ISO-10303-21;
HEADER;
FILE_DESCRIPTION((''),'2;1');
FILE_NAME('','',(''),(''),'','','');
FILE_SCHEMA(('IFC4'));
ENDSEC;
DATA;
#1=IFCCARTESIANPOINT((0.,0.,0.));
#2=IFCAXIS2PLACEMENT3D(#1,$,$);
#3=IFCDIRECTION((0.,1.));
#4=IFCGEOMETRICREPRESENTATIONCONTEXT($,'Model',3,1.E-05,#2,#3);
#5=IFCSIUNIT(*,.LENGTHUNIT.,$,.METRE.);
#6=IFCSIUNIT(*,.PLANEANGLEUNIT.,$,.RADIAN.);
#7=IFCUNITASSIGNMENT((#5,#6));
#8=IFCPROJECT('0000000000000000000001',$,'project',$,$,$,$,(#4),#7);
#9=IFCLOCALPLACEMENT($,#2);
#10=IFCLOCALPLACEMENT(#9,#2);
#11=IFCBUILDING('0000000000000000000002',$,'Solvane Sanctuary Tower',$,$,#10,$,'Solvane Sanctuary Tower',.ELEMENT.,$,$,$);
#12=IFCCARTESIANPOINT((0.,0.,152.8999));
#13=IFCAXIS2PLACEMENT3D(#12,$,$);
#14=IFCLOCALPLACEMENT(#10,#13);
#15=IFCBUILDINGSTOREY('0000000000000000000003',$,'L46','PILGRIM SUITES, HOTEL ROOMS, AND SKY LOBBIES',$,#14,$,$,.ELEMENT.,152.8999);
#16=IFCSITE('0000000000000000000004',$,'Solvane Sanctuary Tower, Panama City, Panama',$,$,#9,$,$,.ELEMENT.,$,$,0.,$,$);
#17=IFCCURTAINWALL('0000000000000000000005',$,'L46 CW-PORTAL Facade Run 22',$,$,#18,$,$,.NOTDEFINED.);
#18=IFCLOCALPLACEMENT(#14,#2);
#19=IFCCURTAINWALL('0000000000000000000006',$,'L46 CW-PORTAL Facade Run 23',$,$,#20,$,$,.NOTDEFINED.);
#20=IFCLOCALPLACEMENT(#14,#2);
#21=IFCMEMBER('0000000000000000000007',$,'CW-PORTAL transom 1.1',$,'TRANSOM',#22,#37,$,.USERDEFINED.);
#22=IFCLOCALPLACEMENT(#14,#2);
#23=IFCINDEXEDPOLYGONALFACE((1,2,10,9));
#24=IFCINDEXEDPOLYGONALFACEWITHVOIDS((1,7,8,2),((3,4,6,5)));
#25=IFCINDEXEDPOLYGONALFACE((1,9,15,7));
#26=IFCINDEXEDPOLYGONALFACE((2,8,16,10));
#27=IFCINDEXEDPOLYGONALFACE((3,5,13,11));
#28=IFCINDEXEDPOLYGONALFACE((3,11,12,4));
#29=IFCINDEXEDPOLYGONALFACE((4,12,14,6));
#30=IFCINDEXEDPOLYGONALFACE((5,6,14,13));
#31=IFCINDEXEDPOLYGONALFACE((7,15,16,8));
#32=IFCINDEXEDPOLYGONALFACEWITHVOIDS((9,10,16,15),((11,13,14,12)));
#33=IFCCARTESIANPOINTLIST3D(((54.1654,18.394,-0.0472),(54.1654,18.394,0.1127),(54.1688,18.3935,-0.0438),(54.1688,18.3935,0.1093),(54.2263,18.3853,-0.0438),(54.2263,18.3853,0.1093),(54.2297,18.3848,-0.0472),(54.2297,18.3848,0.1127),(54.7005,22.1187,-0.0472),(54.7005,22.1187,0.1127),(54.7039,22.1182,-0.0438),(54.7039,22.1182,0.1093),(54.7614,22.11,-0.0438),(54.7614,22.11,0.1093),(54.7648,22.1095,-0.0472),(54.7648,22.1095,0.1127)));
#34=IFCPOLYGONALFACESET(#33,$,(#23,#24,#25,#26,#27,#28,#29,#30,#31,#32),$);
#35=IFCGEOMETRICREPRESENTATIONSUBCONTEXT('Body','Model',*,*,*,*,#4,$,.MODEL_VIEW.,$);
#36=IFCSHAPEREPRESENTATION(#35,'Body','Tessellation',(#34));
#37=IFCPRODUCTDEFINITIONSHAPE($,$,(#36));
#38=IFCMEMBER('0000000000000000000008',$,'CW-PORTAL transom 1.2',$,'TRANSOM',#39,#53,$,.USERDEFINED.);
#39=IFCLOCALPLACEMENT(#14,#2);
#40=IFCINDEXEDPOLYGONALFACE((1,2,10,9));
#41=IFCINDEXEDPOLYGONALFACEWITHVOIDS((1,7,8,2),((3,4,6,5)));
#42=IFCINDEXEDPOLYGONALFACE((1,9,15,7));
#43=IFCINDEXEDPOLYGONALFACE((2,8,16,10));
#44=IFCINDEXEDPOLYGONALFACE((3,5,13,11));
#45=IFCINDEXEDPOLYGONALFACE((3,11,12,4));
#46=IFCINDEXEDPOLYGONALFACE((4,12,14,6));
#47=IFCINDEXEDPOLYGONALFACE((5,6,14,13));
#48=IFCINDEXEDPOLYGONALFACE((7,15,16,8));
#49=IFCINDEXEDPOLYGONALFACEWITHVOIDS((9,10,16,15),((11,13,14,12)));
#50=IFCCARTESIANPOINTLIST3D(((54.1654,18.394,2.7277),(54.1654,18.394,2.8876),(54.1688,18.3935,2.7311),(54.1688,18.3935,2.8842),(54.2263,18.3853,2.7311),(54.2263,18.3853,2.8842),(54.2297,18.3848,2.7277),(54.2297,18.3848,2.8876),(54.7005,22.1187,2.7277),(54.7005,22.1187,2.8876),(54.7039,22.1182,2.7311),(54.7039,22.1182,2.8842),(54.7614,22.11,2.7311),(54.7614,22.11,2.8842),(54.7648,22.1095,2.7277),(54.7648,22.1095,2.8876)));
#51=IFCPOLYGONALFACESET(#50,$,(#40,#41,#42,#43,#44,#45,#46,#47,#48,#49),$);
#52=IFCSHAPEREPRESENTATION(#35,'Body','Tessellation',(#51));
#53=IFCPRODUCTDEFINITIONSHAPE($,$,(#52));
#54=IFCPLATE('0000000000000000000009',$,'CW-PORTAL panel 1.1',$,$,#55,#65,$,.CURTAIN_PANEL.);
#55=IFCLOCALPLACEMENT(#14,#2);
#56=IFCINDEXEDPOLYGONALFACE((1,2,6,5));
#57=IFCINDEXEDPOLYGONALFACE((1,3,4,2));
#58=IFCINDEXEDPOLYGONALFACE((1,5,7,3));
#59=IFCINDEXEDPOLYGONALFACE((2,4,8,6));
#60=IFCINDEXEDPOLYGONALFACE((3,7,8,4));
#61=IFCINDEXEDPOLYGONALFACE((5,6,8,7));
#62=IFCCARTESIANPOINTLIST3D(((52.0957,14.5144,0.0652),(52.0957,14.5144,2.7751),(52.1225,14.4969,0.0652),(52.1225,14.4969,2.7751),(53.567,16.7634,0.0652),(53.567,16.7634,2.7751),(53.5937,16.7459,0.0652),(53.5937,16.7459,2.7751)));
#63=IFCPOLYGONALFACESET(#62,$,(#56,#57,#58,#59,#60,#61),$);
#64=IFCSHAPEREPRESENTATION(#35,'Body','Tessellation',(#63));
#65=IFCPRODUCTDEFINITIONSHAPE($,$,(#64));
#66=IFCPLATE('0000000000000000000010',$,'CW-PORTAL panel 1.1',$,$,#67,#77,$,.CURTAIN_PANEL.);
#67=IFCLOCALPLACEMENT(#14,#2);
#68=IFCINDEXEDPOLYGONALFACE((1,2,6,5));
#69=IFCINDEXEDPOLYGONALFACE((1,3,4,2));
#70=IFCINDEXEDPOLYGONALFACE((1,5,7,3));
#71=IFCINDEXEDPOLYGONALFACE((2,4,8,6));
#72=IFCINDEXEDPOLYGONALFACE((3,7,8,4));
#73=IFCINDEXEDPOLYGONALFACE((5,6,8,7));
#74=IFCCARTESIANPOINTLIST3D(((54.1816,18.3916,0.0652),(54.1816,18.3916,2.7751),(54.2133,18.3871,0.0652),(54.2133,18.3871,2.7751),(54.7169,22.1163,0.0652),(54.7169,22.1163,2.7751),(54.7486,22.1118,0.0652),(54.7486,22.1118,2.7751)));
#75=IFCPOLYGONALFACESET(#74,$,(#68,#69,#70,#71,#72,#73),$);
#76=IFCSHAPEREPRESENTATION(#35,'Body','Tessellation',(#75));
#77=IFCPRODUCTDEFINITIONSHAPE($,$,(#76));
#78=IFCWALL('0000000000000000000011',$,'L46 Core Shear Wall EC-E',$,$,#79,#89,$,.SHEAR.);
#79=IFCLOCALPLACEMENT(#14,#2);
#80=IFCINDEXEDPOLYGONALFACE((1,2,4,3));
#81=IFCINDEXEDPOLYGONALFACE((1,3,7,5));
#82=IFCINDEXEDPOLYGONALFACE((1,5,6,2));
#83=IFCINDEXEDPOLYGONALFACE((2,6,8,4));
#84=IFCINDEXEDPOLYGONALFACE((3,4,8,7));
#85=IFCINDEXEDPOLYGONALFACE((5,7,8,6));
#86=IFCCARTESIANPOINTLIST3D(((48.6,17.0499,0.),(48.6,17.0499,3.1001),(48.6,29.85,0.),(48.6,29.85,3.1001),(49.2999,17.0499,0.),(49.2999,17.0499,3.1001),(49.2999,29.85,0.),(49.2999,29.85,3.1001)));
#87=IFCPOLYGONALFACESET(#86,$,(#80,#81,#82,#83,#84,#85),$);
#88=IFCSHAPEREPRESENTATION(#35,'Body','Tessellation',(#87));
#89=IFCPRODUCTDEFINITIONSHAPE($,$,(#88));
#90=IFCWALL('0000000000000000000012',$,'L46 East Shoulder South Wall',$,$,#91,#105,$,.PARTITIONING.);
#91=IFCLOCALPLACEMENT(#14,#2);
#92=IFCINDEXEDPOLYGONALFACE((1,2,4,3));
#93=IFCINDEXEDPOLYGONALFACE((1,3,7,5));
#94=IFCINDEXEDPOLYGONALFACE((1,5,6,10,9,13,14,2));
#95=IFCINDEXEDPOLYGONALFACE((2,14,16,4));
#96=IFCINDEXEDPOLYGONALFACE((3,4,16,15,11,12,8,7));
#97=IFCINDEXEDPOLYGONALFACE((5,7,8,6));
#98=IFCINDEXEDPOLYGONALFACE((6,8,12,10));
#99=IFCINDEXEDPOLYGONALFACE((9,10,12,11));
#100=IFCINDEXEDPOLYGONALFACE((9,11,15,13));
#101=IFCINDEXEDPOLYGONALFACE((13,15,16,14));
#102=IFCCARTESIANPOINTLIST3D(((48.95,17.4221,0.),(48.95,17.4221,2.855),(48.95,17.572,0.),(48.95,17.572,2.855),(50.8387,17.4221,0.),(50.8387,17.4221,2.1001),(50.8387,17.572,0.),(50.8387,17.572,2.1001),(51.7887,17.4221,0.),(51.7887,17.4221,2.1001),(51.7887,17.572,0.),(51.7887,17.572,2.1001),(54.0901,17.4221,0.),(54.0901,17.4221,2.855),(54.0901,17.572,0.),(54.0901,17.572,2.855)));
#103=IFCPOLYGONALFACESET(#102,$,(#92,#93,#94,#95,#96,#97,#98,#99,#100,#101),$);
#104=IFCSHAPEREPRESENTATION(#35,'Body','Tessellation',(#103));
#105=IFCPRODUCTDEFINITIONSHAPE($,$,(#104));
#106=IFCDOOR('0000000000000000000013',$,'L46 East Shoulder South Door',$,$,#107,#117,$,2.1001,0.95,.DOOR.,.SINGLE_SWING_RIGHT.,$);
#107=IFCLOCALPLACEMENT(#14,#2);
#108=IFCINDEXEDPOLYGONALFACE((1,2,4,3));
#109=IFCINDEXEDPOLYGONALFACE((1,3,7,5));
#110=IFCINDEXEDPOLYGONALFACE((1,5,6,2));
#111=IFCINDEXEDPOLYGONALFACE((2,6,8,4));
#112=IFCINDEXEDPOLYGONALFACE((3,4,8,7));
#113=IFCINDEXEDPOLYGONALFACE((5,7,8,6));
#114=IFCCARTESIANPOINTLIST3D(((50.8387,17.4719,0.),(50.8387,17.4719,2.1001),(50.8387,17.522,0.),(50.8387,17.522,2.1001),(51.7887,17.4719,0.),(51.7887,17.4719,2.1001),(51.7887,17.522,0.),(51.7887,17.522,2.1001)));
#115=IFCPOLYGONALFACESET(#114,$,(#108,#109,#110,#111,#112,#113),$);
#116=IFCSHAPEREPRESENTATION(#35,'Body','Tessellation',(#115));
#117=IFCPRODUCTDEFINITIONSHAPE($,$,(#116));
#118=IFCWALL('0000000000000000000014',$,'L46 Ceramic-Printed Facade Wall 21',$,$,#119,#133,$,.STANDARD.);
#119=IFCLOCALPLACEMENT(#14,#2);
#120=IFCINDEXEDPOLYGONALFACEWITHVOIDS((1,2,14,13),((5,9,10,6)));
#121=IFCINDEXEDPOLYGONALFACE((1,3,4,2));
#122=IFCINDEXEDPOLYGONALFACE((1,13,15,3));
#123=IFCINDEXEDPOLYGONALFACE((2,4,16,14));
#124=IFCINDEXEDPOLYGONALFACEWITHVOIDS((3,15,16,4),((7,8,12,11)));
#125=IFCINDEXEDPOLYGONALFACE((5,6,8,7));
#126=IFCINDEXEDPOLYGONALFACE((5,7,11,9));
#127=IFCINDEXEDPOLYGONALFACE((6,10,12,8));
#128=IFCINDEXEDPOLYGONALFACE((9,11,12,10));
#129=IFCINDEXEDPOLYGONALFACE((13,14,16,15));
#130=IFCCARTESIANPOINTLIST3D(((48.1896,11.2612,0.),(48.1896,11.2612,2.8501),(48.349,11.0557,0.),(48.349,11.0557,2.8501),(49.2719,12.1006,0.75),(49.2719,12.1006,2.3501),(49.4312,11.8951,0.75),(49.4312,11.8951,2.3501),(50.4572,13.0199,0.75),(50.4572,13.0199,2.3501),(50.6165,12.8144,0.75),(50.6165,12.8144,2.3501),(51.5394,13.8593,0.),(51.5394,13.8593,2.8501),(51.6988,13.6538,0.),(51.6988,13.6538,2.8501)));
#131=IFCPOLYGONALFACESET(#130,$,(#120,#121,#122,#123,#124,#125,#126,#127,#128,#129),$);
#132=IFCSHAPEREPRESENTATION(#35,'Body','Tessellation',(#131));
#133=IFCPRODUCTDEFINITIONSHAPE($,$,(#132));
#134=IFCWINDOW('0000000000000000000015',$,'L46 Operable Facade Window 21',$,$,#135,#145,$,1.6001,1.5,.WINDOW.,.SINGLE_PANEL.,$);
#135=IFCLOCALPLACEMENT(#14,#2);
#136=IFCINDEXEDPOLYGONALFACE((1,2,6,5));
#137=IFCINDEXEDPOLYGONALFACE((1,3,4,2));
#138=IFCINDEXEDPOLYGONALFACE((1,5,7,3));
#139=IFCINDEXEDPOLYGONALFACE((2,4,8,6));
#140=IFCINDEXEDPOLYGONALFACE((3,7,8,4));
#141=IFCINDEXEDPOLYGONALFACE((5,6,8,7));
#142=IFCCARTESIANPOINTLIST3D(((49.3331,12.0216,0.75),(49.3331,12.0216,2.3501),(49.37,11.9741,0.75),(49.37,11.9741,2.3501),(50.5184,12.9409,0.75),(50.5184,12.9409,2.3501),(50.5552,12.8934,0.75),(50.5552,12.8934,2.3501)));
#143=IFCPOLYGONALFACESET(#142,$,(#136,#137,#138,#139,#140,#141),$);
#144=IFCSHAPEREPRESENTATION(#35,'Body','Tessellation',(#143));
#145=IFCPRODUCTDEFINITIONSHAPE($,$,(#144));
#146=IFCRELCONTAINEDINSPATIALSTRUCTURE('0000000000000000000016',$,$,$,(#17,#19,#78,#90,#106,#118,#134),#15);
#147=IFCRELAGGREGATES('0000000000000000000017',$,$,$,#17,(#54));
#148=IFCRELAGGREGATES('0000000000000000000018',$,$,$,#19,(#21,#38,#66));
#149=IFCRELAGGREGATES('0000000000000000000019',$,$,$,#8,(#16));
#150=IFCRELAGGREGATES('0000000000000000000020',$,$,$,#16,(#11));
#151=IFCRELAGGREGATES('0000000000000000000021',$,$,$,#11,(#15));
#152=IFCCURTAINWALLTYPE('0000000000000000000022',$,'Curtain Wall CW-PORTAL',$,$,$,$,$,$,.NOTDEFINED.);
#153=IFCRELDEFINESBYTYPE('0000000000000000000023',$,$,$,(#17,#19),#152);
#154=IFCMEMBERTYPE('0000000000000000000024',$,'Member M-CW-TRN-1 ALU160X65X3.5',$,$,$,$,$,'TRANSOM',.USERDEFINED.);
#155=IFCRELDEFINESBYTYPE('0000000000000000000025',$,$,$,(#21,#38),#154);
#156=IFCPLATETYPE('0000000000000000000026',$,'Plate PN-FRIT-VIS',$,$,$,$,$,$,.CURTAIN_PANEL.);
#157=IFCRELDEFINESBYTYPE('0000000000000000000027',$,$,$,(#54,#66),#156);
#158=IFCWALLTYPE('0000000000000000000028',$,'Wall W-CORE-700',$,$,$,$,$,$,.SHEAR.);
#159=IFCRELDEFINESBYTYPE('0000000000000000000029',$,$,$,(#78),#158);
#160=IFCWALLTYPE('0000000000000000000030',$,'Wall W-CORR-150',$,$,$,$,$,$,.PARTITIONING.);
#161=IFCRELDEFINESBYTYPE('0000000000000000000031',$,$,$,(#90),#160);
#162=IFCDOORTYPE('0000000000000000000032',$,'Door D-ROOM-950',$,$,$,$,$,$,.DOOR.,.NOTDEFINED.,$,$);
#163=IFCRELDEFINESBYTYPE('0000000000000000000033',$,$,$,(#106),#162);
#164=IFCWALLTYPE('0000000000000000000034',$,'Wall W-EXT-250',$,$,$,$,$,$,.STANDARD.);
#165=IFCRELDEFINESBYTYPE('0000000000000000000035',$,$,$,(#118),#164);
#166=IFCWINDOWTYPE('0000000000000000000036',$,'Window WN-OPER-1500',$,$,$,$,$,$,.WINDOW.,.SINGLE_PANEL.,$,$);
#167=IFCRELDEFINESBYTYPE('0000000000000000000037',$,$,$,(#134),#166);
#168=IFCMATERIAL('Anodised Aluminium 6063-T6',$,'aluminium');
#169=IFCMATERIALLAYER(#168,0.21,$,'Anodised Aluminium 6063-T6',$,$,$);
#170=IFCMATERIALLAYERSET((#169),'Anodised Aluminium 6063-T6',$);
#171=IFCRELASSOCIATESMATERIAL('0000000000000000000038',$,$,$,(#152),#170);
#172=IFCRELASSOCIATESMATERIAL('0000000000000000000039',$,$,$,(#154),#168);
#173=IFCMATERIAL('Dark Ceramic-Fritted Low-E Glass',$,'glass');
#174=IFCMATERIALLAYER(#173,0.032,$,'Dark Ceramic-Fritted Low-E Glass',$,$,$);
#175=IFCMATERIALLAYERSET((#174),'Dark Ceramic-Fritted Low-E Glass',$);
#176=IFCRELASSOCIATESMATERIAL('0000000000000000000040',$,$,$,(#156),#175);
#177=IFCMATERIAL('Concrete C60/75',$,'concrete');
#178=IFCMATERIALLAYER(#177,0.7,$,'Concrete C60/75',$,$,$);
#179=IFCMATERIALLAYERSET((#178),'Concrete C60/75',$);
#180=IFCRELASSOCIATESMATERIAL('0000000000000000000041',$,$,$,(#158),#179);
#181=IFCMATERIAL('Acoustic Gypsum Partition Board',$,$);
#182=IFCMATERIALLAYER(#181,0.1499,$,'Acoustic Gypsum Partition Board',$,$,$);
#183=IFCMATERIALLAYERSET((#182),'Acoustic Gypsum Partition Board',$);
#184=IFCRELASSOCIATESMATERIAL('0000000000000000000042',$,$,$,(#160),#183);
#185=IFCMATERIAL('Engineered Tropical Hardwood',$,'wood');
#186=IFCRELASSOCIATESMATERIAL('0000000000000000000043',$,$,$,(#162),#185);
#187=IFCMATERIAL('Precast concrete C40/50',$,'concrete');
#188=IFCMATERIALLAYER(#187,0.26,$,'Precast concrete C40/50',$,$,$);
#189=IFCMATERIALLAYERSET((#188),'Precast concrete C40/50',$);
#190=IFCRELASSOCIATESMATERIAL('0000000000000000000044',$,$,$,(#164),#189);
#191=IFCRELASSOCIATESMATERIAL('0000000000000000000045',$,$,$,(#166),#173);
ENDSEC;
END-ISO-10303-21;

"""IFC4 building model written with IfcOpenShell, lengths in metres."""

from ifc_helpers import new_model, si_unit, direction, frame, frame_2d, origin, origin_2d, place, context, subcontext, project, spatial, rectangle, hollow_rectangle, extrude, material, layer, layer_set, material_profile, profile_set, type_object, element, fill, aggregate, save


model = new_model("IFC4")

# Units and contexts
model_context = context("Model", 3, precision=1e-05, world=origin(), true_north=direction((0.0, 1.0)))
body_context = subcontext(model_context, "Body", "Model", "MODEL_VIEW")
ifc_project = project(units=[si_unit("LENGTHUNIT", "METRE"), si_unit("PLANEANGLEUNIT", "RADIAN")], contexts=[model_context])

# Site, building, storey
site_placement = place(None, origin())
site = spatial("IfcSite", under=ifc_project, at=site_placement, Name="Solvane Sanctuary Tower, Panama City, Panama", CompositionType="ELEMENT", RefElevation=0.0)
building_placement = place(site_placement, origin())
building = spatial("IfcBuilding", under=site, at=building_placement, Name="Solvane Sanctuary Tower", LongName="Solvane Sanctuary Tower", CompositionType="ELEMENT")
storey_placement = place(building_placement, frame((0.0, 0.0, 152.8999)))
storey = spatial("IfcBuildingStorey", under=building, at=storey_placement, Name="L46", Description="PILGRIM SUITES, HOTEL ROOMS, AND SKY LOBBIES", CompositionType="ELEMENT", Elevation=152.8999)

# Shared definitions
ifc_material_1 = material(Name="Concrete C60/75", Category="concrete")

# Curtain walls
ifc_material_2 = material(Name="Anodised Aluminium 6063-T6", Category="aluminium")
ifc_layer_1 = layer(ifc_material_2, 0.21, Name="Anodised Aluminium 6063-T6")
ifc_layer_set_1 = layer_set([ifc_layer_1], Name="Anodised Aluminium 6063-T6")
curtain_wall_type = type_object("IfcCurtainWallType", Name="Curtain Wall CW-PORTAL", PredefinedType="NOTDEFINED", material=ifc_layer_set_1)
curtain_wall_1_placement = place(storey_placement, origin())
curtain_wall_1 = element("IfcCurtainWall", 1, at=curtain_wall_1_placement, inside=storey, type_object=curtain_wall_type, Name="L46 CW-PORTAL Facade Run 22", PredefinedType="NOTDEFINED")
curtain_wall_2_placement = place(storey_placement, origin())
curtain_wall_2 = element("IfcCurtainWall", 2, at=curtain_wall_2_placement, inside=storey, type_object=curtain_wall_type, Name="L46 CW-PORTAL Facade Run 23", PredefinedType="NOTDEFINED")

# Members
ifc_material_profile_1 = material_profile(ifc_material_2, hollow_rectangle(XDim=0.0649, YDim=0.1599, WallThickness=0.0034, at=origin_2d()), Name="ALU160X65X3.5")
ifc_profile_set_1 = profile_set([ifc_material_profile_1], Name="Anodised Aluminium 6063-T6")
member_type_1 = type_object("IfcMemberType", Name="Member M-CW-TRN-1 ALU160X65X3.5", ElementType="TRANSOM", PredefinedType="USERDEFINED", material=ifc_profile_set_1)
member_1_placement = place(storey_placement, frame((54.1975, 18.3894, 0.0327), z_axis=(0.142221, 0.989835, 0.0), x_axis=(-0.989835, 0.142221, 0.0)))
member_1 = element("IfcMember", 3, at=member_1_placement, type_object=member_type_1, Name="CW-PORTAL transom 1.1", ObjectType="TRANSOM", PredefinedType="USERDEFINED", context=body_context, shape_type="SweptSolid", body=[
    extrude(hollow_rectangle(XDim=0.0649, YDim=0.1599, WallThickness=0.0034, at=origin_2d()), origin(), (0.0, 0.0, 1.0), 3.7629),
])
member_2_placement = place(storey_placement, frame((54.1975, 18.3894, 2.8076), z_axis=(0.142221, 0.989835, 0.0), x_axis=(-0.989835, 0.142221, 0.0)))
member_2 = element("IfcMember", 4, at=member_2_placement, type_object=member_type_1, Name="CW-PORTAL transom 1.2", ObjectType="TRANSOM", PredefinedType="USERDEFINED", context=body_context, shape_type="SweptSolid", body=[
    extrude(hollow_rectangle(XDim=0.0649, YDim=0.1599, WallThickness=0.0034, at=origin_2d()), origin(), (0.0, 0.0, 1.0), 3.7629),
])

# Plates
ifc_material_3 = material(Name="Dark Ceramic-Fritted Low-E Glass", Category="glass")
ifc_layer_2 = layer(ifc_material_3, 0.032, Name="Dark Ceramic-Fritted Low-E Glass")
ifc_layer_set_2 = layer_set([ifc_layer_2], Name="Dark Ceramic-Fritted Low-E Glass")
plate_type = type_object("IfcPlateType", Name="Plate PN-FRIT-VIS", PredefinedType="CURTAIN_PANEL", material=ifc_layer_set_2)
plate_1_placement = place(storey_placement, frame((52.8447, 15.6301, 0.0652), z_axis=(0.0, 0.0, 1.0), x_axis=(0.547433, 0.83685, 0.0)))
plate_1 = element("IfcPlate", 5, at=plate_1_placement, type_object=plate_type, Name="CW-PORTAL panel 1.1", PredefinedType="CURTAIN_PANEL", context=body_context, shape_type="SweptSolid", body=[
    extrude(rectangle(XDim=2.6875, YDim=0.032, at=origin_2d()), origin(), (0.0, 0.0, 1.0), 2.71),
])
aggregate(curtain_wall_1, [plate_1])
plate_2_placement = place(storey_placement, frame((54.4651, 20.2517, 0.0652), z_axis=(0.0, 0.0, 1.0), x_axis=(0.142248, 0.989831, 0.0)))
plate_2 = element("IfcPlate", 6, at=plate_2_placement, type_object=plate_type, Name="CW-PORTAL panel 1.1", PredefinedType="CURTAIN_PANEL", context=body_context, shape_type="SweptSolid", body=[
    extrude(rectangle(XDim=3.7629, YDim=0.032, at=origin_2d()), origin(), (0.0, 0.0, 1.0), 2.71),
])
aggregate(curtain_wall_2, [member_1, member_2, plate_2])

# Wall
ifc_layer_3 = layer(ifc_material_1, 0.7, Name="Concrete C60/75")
ifc_layer_set_3 = layer_set([ifc_layer_3], Name="Concrete C60/75")
wall_type_1 = type_object("IfcWallType", Name="Wall W-CORE-700", PredefinedType="SHEAR", material=ifc_layer_set_3)
wall_1_placement = place(storey_placement, frame((48.95, 17.05, 0.0), z_axis=(0.0, 0.0, 1.0), x_axis=(0.0, 1.0, 0.0)))
element("IfcWall", 7, at=wall_1_placement, inside=storey, type_object=wall_type_1, Name="L46 Core Shear Wall EC-E", PredefinedType="SHEAR", context=body_context, shape_type="SweptSolid", body=[
    extrude(rectangle(XDim=12.8, YDim=0.7, at=frame_2d((6.3999, 0.0))), origin(), (0.0, 0.0, 1.0), 3.1001),
])

# Wall, opening, door
ifc_material_4 = material(Name="Acoustic Gypsum Partition Board")
ifc_layer_4 = layer(ifc_material_4, 0.1499, Name="Acoustic Gypsum Partition Board")
ifc_layer_set_4 = layer_set([ifc_layer_4], Name="Acoustic Gypsum Partition Board")
wall_type_2 = type_object("IfcWallType", Name="Wall W-CORR-150", PredefinedType="PARTITIONING", material=ifc_layer_set_4)
wall_2_placement = place(storey_placement, frame((48.95, 17.4971, 0.0), z_axis=(0.0, 0.0, 1.0), x_axis=(1.0, 0.0, 0.0)))
wall_2 = element("IfcWall", 8, at=wall_2_placement, inside=storey, type_object=wall_type_2, Name="L46 East Shoulder South Wall", PredefinedType="PARTITIONING", context=body_context, shape_type="SweptSolid", body=[
    extrude(rectangle(XDim=5.1401, YDim=0.1499, at=frame_2d((2.5701, 0.0))), origin(), (0.0, 0.0, 1.0), 2.855),
])
opening_1_placement = place(wall_2_placement, frame((1.8887, 0.0, 0.0)))
opening_1 = element("IfcOpeningElement", 9, at=opening_1_placement, cuts=wall_2, PredefinedType="OPENING", context=body_context, shape_type="SweptSolid", body=[
    extrude(rectangle(XDim=0.95, YDim=2.1001, at=frame_2d((0.4751, 1.05))), frame((0.0, 0.085, 0.0), z_axis=(0.0, -1.0, 0.0), x_axis=(1.0, 0.0, 0.0)), (0.0, 0.0, 1.0), 0.1699),
])
ifc_material_5 = material(Name="Engineered Tropical Hardwood", Category="wood")
door_type_1 = type_object("IfcDoorType", Name="Door D-ROOM-950", OperationType="NOTDEFINED", PredefinedType="DOOR", material=ifc_material_5)
door_1_placement = place(opening_1_placement, origin())
door_1 = element("IfcDoor", 10, at=door_1_placement, inside=storey, type_object=door_type_1, Name="L46 East Shoulder South Door", OperationType="SINGLE_SWING_RIGHT", OverallHeight=2.1001, OverallWidth=0.95, PredefinedType="DOOR", context=body_context, shape_type="SweptSolid", body=[
    extrude(rectangle(XDim=0.95, YDim=2.1001, at=frame_2d((0.4751, 1.05))), frame((0.0, 0.0249, 0.0), z_axis=(0.0, -1.0, 0.0), x_axis=(1.0, 0.0, 0.0)), (0.0, 0.0, 1.0), 0.05),
])
fill(opening_1, door_1)

# Wall, opening, window
ifc_material_6 = material(Name="Precast concrete C40/50", Category="concrete")
ifc_layer_5 = layer(ifc_material_6, 0.26, Name="Precast concrete C40/50")
ifc_layer_set_5 = layer_set([ifc_layer_5], Name="Precast concrete C40/50")
wall_type_3 = type_object("IfcWallType", Name="Wall W-EXT-250", PredefinedType="STANDARD", material=ifc_layer_set_5)
wall_3_placement = place(storey_placement, frame((48.2693, 11.1584, 0.0), z_axis=(0.0, 0.0, 1.0), x_axis=(0.790186, 0.612868, 0.0)))
wall_3 = element("IfcWall", 11, at=wall_3_placement, inside=storey, type_object=wall_type_3, Name="L46 Ceramic-Printed Facade Wall 21", PredefinedType="STANDARD", context=body_context, shape_type="SweptSolid", body=[
    extrude(rectangle(XDim=4.2393, YDim=0.26, at=frame_2d((2.1196, 0.0))), origin(), (0.0, 0.0, 1.0), 2.8501),
])
opening_2_placement = place(wall_3_placement, frame((1.3696, 0.0, 0.75)))
opening_2 = element("IfcOpeningElement", 12, at=opening_2_placement, cuts=wall_3, PredefinedType="OPENING", context=body_context, shape_type="SweptSolid", body=[
    extrude(rectangle(XDim=1.5, YDim=1.6001, at=frame_2d((0.75, 0.8))), frame((0.0, 0.1399, 0.0), z_axis=(0.0, -1.0, 0.0), x_axis=(1.0, 0.0, 0.0)), (0.0, 0.0, 1.0), 0.28),
])
window_type = type_object("IfcWindowType", Name="Window WN-OPER-1500", PartitioningType="SINGLE_PANEL", PredefinedType="WINDOW", material=ifc_material_3)
window_placement = place(opening_2_placement, origin())
window = element("IfcWindow", 13, at=window_placement, inside=storey, type_object=window_type, Name="L46 Operable Facade Window 21", OverallHeight=1.6001, OverallWidth=1.5, PartitioningType="SINGLE_PANEL", PredefinedType="WINDOW", context=body_context, shape_type="SweptSolid", body=[
    extrude(rectangle(XDim=1.5, YDim=1.6001, at=frame_2d((0.75, 0.8))), frame((0.0, 0.03, 0.0), z_axis=(0.0, -1.0, 0.0), x_axis=(1.0, 0.0, 0.0)), (0.0, 0.0, 1.0), 0.0601),
])
fill(opening_2, window)

save(model, "model.ifc")
